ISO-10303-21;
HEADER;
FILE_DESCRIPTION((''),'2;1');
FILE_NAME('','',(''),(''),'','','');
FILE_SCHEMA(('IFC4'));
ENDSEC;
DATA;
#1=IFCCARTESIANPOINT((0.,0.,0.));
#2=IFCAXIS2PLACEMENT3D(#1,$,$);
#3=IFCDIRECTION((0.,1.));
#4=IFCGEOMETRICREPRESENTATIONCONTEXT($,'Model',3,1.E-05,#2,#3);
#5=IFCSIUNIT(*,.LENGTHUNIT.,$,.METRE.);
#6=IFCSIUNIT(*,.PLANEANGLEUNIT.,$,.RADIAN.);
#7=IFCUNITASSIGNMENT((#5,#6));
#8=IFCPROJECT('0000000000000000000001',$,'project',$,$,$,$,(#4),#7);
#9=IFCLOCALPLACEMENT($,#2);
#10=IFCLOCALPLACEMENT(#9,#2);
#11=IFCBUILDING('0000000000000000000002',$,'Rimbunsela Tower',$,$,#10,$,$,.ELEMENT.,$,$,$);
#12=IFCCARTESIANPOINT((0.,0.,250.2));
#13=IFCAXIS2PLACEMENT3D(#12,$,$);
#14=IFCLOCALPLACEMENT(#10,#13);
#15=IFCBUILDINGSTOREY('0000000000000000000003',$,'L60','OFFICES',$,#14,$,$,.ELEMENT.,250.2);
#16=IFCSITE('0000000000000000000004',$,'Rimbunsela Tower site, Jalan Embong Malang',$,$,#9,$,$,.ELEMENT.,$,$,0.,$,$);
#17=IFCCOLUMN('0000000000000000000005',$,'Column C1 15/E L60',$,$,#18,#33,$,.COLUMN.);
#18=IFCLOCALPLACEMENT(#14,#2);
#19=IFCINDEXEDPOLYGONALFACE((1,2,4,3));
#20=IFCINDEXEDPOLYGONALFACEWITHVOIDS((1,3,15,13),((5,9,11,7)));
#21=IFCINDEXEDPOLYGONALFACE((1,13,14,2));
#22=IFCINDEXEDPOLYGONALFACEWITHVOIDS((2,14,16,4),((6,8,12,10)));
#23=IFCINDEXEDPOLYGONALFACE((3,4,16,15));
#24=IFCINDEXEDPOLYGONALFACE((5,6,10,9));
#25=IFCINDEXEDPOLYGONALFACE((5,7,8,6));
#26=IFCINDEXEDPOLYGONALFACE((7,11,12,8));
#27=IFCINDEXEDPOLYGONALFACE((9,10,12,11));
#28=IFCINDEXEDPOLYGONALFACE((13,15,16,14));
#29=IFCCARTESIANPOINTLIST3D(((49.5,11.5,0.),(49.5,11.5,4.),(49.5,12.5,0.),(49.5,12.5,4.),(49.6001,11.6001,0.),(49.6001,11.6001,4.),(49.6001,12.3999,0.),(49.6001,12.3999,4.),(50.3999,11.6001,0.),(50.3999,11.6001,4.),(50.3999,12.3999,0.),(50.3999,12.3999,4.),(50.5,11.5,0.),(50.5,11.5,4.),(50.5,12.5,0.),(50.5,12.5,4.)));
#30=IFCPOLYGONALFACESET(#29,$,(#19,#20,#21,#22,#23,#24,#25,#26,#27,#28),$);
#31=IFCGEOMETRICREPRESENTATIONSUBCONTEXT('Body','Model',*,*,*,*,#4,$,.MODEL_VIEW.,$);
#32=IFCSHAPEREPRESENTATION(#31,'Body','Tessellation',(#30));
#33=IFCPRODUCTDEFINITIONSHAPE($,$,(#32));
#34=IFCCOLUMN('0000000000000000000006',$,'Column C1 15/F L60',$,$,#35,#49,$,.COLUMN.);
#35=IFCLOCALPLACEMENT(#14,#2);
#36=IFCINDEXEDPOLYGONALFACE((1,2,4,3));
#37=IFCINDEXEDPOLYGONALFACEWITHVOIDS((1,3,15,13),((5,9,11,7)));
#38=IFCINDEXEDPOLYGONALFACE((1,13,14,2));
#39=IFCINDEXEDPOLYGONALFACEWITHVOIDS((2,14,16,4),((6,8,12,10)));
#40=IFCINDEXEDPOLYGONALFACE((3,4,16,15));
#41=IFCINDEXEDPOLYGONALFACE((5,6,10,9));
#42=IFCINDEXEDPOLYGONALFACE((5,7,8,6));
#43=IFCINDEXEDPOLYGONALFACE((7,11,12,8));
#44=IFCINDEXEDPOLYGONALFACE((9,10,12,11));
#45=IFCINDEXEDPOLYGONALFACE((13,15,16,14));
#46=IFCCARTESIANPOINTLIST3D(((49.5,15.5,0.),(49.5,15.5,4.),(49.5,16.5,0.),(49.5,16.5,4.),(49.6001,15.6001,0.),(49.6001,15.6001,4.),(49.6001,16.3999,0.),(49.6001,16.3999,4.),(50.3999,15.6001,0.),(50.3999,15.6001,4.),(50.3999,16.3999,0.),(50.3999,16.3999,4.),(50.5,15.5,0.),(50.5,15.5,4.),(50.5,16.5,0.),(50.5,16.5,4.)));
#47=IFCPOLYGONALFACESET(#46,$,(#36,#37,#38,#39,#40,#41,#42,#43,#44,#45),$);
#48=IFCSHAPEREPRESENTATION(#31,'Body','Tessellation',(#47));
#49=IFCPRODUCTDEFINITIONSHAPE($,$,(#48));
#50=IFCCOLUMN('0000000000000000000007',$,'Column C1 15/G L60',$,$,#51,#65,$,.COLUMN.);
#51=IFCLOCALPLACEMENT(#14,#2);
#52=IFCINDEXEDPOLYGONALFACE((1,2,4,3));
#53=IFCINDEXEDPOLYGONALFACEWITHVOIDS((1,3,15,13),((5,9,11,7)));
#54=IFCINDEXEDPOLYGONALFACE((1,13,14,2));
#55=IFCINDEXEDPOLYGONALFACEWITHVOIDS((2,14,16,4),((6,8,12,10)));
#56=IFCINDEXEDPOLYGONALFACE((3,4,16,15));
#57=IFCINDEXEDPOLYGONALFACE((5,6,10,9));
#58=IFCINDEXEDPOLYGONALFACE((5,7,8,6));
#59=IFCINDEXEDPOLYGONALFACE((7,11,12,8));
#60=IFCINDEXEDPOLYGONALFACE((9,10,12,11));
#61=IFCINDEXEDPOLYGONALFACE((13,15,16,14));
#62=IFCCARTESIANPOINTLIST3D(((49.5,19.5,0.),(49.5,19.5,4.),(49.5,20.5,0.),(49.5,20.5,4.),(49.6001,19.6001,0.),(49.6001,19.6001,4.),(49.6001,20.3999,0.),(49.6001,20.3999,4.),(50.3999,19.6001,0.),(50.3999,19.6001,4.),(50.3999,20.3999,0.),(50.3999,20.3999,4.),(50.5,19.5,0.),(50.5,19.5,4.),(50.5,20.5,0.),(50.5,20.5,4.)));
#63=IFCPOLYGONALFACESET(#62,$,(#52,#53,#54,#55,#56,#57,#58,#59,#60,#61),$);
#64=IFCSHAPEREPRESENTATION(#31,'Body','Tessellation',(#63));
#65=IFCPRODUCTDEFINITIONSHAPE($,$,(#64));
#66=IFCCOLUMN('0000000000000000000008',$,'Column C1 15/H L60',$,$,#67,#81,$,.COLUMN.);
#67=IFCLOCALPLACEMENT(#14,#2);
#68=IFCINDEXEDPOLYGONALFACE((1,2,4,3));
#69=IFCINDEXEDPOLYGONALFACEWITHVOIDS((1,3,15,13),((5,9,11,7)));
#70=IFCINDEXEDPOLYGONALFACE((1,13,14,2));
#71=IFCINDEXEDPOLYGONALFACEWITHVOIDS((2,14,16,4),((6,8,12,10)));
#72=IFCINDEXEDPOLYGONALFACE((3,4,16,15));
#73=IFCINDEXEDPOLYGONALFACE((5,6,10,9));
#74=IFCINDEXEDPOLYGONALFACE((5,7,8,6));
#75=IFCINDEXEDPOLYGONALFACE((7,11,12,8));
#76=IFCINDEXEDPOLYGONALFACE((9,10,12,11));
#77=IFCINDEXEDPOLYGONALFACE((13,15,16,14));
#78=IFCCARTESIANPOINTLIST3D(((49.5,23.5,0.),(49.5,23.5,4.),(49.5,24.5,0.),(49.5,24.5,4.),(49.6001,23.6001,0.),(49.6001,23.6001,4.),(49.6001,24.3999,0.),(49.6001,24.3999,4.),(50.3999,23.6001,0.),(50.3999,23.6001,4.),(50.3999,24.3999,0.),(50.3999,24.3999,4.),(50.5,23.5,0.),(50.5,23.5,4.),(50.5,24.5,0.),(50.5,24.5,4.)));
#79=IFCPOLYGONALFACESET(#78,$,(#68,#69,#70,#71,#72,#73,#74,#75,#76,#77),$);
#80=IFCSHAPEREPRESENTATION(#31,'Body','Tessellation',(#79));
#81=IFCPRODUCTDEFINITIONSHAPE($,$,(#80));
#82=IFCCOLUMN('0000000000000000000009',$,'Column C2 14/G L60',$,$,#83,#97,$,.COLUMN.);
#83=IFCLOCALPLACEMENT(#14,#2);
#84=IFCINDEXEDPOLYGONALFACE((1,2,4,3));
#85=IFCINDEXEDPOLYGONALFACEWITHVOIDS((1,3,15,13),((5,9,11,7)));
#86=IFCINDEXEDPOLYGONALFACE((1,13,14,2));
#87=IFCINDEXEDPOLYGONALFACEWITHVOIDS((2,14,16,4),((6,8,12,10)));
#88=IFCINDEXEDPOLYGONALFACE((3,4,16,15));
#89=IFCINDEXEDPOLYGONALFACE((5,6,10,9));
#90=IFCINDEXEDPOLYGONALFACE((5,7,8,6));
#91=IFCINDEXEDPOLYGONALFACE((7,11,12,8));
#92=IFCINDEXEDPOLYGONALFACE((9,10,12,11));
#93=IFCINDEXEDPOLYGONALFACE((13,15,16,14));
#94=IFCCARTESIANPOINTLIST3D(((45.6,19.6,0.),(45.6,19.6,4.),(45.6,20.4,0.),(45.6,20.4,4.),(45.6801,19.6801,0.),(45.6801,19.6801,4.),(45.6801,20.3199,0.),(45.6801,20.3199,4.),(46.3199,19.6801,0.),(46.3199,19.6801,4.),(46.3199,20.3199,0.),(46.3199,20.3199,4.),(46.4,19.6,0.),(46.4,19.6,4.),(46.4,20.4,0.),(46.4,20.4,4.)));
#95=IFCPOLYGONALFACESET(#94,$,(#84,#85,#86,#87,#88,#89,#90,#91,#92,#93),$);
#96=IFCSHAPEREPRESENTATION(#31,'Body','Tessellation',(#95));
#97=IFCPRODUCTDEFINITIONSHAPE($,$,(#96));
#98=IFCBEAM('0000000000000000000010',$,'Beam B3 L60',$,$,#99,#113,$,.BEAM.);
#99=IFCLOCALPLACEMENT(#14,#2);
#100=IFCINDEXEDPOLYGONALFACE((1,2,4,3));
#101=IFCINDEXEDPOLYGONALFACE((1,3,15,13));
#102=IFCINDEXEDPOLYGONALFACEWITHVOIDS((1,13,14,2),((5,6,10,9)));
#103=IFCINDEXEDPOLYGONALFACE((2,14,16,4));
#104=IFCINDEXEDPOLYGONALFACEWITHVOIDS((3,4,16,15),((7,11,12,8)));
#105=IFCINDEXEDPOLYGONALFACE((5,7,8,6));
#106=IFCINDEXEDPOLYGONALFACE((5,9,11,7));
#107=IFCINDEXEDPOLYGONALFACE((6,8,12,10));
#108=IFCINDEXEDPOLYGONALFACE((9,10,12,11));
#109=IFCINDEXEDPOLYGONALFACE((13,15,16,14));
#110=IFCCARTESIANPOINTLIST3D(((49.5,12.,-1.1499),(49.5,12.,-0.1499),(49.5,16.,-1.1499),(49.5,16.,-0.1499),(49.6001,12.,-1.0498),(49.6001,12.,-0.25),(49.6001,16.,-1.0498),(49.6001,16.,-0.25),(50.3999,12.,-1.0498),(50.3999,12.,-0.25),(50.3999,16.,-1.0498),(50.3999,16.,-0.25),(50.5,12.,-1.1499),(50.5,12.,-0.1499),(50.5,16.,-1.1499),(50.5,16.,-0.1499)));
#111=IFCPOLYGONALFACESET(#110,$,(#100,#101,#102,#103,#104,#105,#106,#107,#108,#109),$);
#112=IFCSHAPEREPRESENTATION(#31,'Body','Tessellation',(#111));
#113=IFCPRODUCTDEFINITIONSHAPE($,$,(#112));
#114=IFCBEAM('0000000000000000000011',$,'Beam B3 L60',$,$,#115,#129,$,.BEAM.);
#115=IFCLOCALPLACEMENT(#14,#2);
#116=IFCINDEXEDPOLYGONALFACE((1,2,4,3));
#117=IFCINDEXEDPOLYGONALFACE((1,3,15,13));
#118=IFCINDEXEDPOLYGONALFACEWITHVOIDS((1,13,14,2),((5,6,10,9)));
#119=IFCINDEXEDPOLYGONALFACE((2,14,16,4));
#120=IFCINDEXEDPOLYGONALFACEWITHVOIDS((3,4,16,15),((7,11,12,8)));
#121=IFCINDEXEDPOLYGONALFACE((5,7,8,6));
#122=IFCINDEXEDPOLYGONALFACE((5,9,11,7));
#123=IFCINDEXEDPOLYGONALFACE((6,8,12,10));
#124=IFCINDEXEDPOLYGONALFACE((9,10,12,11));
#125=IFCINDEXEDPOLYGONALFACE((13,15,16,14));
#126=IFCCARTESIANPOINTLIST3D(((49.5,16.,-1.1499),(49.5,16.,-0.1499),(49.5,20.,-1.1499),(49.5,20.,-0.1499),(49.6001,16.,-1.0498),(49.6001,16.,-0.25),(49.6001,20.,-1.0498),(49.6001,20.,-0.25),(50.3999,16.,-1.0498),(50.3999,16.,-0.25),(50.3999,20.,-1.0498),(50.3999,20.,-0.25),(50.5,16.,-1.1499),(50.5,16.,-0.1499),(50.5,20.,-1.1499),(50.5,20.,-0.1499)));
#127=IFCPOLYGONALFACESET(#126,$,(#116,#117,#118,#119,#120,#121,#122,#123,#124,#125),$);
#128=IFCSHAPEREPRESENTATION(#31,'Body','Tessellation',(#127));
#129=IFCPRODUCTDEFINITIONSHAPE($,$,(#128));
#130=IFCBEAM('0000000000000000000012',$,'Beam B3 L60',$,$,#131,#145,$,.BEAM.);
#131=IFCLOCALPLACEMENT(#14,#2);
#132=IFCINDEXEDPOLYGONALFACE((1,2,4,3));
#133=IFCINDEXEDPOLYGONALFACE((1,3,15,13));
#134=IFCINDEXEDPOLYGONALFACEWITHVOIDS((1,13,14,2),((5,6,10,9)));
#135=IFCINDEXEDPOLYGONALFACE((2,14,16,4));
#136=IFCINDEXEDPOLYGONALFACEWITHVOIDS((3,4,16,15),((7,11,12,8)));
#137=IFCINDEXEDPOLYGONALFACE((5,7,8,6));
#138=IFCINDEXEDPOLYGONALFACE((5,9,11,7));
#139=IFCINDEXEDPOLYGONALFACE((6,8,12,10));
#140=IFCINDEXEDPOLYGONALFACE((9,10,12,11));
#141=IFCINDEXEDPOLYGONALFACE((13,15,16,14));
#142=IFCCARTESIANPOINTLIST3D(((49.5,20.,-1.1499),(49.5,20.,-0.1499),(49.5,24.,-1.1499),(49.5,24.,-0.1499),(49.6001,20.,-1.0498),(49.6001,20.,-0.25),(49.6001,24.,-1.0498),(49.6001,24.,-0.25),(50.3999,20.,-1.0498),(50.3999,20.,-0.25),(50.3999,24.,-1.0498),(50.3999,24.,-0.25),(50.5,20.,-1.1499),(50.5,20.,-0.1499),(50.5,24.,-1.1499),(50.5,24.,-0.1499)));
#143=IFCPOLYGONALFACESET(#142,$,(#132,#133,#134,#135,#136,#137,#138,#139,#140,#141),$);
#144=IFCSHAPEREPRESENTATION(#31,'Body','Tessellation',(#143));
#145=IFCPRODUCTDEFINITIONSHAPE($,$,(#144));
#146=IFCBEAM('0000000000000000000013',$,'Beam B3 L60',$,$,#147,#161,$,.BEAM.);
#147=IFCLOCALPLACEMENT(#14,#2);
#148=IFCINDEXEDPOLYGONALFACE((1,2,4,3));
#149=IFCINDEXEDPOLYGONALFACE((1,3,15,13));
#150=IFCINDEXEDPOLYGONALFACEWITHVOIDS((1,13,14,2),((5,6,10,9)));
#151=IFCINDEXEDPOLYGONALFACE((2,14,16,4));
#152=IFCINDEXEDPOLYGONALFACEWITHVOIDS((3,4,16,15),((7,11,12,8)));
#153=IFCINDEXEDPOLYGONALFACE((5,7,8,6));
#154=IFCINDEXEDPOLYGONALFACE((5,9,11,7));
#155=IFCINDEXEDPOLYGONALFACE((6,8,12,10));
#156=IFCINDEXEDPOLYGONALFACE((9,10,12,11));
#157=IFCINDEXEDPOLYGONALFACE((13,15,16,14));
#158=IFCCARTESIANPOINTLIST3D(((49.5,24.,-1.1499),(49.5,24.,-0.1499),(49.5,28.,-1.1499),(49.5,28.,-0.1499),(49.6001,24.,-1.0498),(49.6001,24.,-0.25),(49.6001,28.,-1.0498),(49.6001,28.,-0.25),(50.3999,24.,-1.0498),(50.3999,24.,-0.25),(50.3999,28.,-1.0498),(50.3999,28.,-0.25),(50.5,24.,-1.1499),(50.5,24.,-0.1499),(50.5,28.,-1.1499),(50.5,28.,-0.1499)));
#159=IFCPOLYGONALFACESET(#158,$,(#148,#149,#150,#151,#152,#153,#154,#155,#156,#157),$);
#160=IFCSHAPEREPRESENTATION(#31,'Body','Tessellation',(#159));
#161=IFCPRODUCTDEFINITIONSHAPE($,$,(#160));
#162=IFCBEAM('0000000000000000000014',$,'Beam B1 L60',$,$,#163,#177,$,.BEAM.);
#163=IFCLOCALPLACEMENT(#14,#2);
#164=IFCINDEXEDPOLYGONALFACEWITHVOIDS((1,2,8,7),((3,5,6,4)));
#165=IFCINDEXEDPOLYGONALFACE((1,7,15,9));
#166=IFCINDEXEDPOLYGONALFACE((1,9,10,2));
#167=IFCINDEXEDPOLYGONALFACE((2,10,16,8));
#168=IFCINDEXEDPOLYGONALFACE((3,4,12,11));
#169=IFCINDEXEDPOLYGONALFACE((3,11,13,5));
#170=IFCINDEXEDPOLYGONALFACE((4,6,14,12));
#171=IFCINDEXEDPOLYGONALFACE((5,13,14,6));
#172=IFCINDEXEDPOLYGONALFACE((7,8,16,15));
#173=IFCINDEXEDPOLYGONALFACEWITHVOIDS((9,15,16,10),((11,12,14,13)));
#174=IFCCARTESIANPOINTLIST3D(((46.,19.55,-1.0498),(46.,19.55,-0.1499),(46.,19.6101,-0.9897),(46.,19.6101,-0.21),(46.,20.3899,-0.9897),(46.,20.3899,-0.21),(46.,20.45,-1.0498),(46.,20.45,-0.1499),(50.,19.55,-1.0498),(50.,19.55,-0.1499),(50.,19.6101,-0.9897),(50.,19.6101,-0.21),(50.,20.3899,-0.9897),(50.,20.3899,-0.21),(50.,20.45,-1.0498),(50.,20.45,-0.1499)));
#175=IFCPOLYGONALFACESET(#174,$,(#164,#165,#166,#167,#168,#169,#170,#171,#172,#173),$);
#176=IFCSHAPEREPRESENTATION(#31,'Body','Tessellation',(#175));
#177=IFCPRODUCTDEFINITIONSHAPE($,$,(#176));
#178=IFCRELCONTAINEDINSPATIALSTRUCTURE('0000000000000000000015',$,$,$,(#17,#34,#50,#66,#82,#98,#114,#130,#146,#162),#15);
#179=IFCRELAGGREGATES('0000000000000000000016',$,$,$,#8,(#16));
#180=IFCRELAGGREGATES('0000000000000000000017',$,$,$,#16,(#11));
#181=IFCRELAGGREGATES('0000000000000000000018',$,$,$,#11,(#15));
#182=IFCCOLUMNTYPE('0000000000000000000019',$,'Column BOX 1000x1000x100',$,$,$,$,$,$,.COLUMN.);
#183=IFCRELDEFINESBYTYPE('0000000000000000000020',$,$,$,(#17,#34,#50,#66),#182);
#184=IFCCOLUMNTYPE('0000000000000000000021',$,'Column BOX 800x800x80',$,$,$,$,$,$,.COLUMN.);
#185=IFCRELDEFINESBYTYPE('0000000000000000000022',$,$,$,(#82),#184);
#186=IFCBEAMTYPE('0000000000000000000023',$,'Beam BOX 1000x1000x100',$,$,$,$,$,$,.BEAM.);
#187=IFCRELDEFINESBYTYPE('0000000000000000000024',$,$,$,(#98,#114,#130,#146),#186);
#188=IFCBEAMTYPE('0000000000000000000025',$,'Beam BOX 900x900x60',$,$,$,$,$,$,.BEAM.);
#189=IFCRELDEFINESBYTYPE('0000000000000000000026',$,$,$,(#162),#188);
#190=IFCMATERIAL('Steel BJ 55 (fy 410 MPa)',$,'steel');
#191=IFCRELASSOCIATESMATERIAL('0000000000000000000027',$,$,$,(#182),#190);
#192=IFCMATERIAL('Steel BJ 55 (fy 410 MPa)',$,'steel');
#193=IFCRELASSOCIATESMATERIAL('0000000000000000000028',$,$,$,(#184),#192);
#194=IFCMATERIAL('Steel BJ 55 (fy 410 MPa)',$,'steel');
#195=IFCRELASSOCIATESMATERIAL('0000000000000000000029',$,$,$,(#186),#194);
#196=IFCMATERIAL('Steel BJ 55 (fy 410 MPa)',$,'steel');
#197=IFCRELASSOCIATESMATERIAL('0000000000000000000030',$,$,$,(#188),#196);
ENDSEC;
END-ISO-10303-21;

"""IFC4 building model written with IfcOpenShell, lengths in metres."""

from ifc_helpers import new_model, si_unit, direction, frame, origin, origin_2d, place, context, subcontext, project, spatial, hollow_rectangle, extrude, material, material_profile, profile_set, type_object, element, save


model = new_model("IFC4")

# Units and contexts
model_context = context("Model", 3, precision=1e-05, world=origin(), true_north=direction((0.0, 1.0)))
body_context = subcontext(model_context, "Body", "Model", "MODEL_VIEW")
ifc_project = project(units=[si_unit("LENGTHUNIT", "METRE"), si_unit("PLANEANGLEUNIT", "RADIAN")], contexts=[model_context])

# Site, building, storey
site_placement = place(None, origin())
site = spatial("IfcSite", under=ifc_project, at=site_placement, Name="Rimbunsela Tower site, Jalan Embong Malang", CompositionType="ELEMENT", RefElevation=0.0)
building_placement = place(site_placement, origin())
building = spatial("IfcBuilding", under=site, at=building_placement, Name="Rimbunsela Tower", CompositionType="ELEMENT")
storey_placement = place(building_placement, frame((0.0, 0.0, 250.2)))
storey = spatial("IfcBuildingStorey", under=building, at=storey_placement, Name="L60", Description="OFFICES", CompositionType="ELEMENT", Elevation=250.2)

# Columns
ifc_material_1 = material(Name="Steel BJ 55 (fy 410 MPa)", Category="steel")
ifc_material_profile_1 = material_profile(ifc_material_1, hollow_rectangle(XDim=1.0, YDim=1.0, WallThickness=0.1001, at=origin_2d()), Name="BOX 1000x1000x100")
ifc_profile_set_1 = profile_set([ifc_material_profile_1], Name="Steel BJ 55 (fy 410 MPa)")
column_type_1 = type_object("IfcColumnType", Name="Column BOX 1000x1000x100", PredefinedType="COLUMN", material=ifc_profile_set_1)
for number, where, z_axis, x_axis, name in (
    (1, (50.0, 12.0, 0.0), (0.0, 0.0, 1.0), (1.0, 0.0, 0.0), "Column C1 15/E L60"),
    (2, (50.0, 16.0, 0.0), (0.0, 0.0, 1.0), (1.0, 0.0, 0.0), "Column C1 15/F L60"),
    (3, (50.0, 20.0, 0.0), (0.0, 0.0, 1.0), (1.0, 0.0, 0.0), "Column C1 15/G L60"),
    (4, (50.0, 24.0, 0.0), (0.0, 0.0, 1.0), (1.0, 0.0, 0.0), "Column C1 15/H L60"),
):
    element("IfcColumn", number, at=place(storey_placement, frame(where, z_axis=z_axis, x_axis=x_axis)), inside=storey, type_object=column_type_1, Name=name, PredefinedType="COLUMN", context=body_context, shape_type="SweptSolid", body=[
        extrude(hollow_rectangle(XDim=1.0, YDim=1.0, WallThickness=0.1001, at=origin_2d()), origin(), (0.0, 0.0, 1.0), 4.0),
    ])
ifc_material_2 = material(Name="Steel BJ 55 (fy 410 MPa)", Category="steel")
ifc_material_profile_2 = material_profile(ifc_material_2, hollow_rectangle(XDim=0.8, YDim=0.8, WallThickness=0.0801, at=origin_2d()), Name="BOX 800x800x80")
ifc_profile_set_2 = profile_set([ifc_material_profile_2], Name="Steel BJ 55 (fy 410 MPa)")
column_type_2 = type_object("IfcColumnType", Name="Column BOX 800x800x80", PredefinedType="COLUMN", material=ifc_profile_set_2)
column_placement = place(storey_placement, frame((46.0, 20.0, 0.0), z_axis=(0.0, 0.0, 1.0), x_axis=(1.0, 0.0, 0.0)))
element("IfcColumn", 5, at=column_placement, inside=storey, type_object=column_type_2, Name="Column C2 14/G L60", PredefinedType="COLUMN", context=body_context, shape_type="SweptSolid", body=[
    extrude(hollow_rectangle(XDim=0.8, YDim=0.8, WallThickness=0.0801, at=origin_2d()), origin(), (0.0, 0.0, 1.0), 4.0),
])

# Beams
ifc_material_3 = material(Name="Steel BJ 55 (fy 410 MPa)", Category="steel")
ifc_material_profile_3 = material_profile(ifc_material_3, hollow_rectangle(XDim=1.0, YDim=1.0, WallThickness=0.1001, at=origin_2d()), Name="BOX 1000x1000x100")
ifc_profile_set_3 = profile_set([ifc_material_profile_3], Name="Steel BJ 55 (fy 410 MPa)")
beam_type_1 = type_object("IfcBeamType", Name="Beam BOX 1000x1000x100", PredefinedType="BEAM", material=ifc_profile_set_3)
for number, where, z_axis, x_axis, name in (
    (6, (50.0, 12.0, -0.6499), (0.0, 1.0, 0.0), (-1.0, 0.0, 0.0), "Beam B3 L60"),
    (7, (50.0, 16.0, -0.6499), (0.0, 1.0, 0.0), (-1.0, 0.0, 0.0), "Beam B3 L60"),
    (8, (50.0, 20.0, -0.6499), (0.0, 1.0, 0.0), (-1.0, 0.0, 0.0), "Beam B3 L60"),
    (9, (50.0, 24.0, -0.6499), (0.0, 1.0, 0.0), (-1.0, 0.0, 0.0), "Beam B3 L60"),
):
    element("IfcBeam", number, at=place(storey_placement, frame(where, z_axis=z_axis, x_axis=x_axis)), inside=storey, type_object=beam_type_1, Name=name, PredefinedType="BEAM", context=body_context, shape_type="SweptSolid", body=[
        extrude(hollow_rectangle(XDim=1.0, YDim=1.0, WallThickness=0.1001, at=origin_2d()), origin(), (0.0, 0.0, 1.0), 4.0),
    ])
ifc_material_4 = material(Name="Steel BJ 55 (fy 410 MPa)", Category="steel")
ifc_material_profile_4 = material_profile(ifc_material_4, hollow_rectangle(XDim=0.8999, YDim=0.8999, WallThickness=0.0601, at=origin_2d()), Name="BOX 900x900x60")
ifc_profile_set_4 = profile_set([ifc_material_profile_4], Name="Steel BJ 55 (fy 410 MPa)")
beam_type_2 = type_object("IfcBeamType", Name="Beam BOX 900x900x60", PredefinedType="BEAM", material=ifc_profile_set_4)
beam_placement = place(storey_placement, frame((46.0, 20.0, -0.5999), z_axis=(1.0, 0.0, 0.0), x_axis=(0.0, 1.0, 0.0)))
element("IfcBeam", 10, at=beam_placement, inside=storey, type_object=beam_type_2, Name="Beam B1 L60", PredefinedType="BEAM", context=body_context, shape_type="SweptSolid", body=[
    extrude(hollow_rectangle(XDim=0.8999, YDim=0.8999, WallThickness=0.0601, at=origin_2d()), origin(), (0.0, 0.0, 1.0), 4.0),
])

save(model, "model.ifc")
